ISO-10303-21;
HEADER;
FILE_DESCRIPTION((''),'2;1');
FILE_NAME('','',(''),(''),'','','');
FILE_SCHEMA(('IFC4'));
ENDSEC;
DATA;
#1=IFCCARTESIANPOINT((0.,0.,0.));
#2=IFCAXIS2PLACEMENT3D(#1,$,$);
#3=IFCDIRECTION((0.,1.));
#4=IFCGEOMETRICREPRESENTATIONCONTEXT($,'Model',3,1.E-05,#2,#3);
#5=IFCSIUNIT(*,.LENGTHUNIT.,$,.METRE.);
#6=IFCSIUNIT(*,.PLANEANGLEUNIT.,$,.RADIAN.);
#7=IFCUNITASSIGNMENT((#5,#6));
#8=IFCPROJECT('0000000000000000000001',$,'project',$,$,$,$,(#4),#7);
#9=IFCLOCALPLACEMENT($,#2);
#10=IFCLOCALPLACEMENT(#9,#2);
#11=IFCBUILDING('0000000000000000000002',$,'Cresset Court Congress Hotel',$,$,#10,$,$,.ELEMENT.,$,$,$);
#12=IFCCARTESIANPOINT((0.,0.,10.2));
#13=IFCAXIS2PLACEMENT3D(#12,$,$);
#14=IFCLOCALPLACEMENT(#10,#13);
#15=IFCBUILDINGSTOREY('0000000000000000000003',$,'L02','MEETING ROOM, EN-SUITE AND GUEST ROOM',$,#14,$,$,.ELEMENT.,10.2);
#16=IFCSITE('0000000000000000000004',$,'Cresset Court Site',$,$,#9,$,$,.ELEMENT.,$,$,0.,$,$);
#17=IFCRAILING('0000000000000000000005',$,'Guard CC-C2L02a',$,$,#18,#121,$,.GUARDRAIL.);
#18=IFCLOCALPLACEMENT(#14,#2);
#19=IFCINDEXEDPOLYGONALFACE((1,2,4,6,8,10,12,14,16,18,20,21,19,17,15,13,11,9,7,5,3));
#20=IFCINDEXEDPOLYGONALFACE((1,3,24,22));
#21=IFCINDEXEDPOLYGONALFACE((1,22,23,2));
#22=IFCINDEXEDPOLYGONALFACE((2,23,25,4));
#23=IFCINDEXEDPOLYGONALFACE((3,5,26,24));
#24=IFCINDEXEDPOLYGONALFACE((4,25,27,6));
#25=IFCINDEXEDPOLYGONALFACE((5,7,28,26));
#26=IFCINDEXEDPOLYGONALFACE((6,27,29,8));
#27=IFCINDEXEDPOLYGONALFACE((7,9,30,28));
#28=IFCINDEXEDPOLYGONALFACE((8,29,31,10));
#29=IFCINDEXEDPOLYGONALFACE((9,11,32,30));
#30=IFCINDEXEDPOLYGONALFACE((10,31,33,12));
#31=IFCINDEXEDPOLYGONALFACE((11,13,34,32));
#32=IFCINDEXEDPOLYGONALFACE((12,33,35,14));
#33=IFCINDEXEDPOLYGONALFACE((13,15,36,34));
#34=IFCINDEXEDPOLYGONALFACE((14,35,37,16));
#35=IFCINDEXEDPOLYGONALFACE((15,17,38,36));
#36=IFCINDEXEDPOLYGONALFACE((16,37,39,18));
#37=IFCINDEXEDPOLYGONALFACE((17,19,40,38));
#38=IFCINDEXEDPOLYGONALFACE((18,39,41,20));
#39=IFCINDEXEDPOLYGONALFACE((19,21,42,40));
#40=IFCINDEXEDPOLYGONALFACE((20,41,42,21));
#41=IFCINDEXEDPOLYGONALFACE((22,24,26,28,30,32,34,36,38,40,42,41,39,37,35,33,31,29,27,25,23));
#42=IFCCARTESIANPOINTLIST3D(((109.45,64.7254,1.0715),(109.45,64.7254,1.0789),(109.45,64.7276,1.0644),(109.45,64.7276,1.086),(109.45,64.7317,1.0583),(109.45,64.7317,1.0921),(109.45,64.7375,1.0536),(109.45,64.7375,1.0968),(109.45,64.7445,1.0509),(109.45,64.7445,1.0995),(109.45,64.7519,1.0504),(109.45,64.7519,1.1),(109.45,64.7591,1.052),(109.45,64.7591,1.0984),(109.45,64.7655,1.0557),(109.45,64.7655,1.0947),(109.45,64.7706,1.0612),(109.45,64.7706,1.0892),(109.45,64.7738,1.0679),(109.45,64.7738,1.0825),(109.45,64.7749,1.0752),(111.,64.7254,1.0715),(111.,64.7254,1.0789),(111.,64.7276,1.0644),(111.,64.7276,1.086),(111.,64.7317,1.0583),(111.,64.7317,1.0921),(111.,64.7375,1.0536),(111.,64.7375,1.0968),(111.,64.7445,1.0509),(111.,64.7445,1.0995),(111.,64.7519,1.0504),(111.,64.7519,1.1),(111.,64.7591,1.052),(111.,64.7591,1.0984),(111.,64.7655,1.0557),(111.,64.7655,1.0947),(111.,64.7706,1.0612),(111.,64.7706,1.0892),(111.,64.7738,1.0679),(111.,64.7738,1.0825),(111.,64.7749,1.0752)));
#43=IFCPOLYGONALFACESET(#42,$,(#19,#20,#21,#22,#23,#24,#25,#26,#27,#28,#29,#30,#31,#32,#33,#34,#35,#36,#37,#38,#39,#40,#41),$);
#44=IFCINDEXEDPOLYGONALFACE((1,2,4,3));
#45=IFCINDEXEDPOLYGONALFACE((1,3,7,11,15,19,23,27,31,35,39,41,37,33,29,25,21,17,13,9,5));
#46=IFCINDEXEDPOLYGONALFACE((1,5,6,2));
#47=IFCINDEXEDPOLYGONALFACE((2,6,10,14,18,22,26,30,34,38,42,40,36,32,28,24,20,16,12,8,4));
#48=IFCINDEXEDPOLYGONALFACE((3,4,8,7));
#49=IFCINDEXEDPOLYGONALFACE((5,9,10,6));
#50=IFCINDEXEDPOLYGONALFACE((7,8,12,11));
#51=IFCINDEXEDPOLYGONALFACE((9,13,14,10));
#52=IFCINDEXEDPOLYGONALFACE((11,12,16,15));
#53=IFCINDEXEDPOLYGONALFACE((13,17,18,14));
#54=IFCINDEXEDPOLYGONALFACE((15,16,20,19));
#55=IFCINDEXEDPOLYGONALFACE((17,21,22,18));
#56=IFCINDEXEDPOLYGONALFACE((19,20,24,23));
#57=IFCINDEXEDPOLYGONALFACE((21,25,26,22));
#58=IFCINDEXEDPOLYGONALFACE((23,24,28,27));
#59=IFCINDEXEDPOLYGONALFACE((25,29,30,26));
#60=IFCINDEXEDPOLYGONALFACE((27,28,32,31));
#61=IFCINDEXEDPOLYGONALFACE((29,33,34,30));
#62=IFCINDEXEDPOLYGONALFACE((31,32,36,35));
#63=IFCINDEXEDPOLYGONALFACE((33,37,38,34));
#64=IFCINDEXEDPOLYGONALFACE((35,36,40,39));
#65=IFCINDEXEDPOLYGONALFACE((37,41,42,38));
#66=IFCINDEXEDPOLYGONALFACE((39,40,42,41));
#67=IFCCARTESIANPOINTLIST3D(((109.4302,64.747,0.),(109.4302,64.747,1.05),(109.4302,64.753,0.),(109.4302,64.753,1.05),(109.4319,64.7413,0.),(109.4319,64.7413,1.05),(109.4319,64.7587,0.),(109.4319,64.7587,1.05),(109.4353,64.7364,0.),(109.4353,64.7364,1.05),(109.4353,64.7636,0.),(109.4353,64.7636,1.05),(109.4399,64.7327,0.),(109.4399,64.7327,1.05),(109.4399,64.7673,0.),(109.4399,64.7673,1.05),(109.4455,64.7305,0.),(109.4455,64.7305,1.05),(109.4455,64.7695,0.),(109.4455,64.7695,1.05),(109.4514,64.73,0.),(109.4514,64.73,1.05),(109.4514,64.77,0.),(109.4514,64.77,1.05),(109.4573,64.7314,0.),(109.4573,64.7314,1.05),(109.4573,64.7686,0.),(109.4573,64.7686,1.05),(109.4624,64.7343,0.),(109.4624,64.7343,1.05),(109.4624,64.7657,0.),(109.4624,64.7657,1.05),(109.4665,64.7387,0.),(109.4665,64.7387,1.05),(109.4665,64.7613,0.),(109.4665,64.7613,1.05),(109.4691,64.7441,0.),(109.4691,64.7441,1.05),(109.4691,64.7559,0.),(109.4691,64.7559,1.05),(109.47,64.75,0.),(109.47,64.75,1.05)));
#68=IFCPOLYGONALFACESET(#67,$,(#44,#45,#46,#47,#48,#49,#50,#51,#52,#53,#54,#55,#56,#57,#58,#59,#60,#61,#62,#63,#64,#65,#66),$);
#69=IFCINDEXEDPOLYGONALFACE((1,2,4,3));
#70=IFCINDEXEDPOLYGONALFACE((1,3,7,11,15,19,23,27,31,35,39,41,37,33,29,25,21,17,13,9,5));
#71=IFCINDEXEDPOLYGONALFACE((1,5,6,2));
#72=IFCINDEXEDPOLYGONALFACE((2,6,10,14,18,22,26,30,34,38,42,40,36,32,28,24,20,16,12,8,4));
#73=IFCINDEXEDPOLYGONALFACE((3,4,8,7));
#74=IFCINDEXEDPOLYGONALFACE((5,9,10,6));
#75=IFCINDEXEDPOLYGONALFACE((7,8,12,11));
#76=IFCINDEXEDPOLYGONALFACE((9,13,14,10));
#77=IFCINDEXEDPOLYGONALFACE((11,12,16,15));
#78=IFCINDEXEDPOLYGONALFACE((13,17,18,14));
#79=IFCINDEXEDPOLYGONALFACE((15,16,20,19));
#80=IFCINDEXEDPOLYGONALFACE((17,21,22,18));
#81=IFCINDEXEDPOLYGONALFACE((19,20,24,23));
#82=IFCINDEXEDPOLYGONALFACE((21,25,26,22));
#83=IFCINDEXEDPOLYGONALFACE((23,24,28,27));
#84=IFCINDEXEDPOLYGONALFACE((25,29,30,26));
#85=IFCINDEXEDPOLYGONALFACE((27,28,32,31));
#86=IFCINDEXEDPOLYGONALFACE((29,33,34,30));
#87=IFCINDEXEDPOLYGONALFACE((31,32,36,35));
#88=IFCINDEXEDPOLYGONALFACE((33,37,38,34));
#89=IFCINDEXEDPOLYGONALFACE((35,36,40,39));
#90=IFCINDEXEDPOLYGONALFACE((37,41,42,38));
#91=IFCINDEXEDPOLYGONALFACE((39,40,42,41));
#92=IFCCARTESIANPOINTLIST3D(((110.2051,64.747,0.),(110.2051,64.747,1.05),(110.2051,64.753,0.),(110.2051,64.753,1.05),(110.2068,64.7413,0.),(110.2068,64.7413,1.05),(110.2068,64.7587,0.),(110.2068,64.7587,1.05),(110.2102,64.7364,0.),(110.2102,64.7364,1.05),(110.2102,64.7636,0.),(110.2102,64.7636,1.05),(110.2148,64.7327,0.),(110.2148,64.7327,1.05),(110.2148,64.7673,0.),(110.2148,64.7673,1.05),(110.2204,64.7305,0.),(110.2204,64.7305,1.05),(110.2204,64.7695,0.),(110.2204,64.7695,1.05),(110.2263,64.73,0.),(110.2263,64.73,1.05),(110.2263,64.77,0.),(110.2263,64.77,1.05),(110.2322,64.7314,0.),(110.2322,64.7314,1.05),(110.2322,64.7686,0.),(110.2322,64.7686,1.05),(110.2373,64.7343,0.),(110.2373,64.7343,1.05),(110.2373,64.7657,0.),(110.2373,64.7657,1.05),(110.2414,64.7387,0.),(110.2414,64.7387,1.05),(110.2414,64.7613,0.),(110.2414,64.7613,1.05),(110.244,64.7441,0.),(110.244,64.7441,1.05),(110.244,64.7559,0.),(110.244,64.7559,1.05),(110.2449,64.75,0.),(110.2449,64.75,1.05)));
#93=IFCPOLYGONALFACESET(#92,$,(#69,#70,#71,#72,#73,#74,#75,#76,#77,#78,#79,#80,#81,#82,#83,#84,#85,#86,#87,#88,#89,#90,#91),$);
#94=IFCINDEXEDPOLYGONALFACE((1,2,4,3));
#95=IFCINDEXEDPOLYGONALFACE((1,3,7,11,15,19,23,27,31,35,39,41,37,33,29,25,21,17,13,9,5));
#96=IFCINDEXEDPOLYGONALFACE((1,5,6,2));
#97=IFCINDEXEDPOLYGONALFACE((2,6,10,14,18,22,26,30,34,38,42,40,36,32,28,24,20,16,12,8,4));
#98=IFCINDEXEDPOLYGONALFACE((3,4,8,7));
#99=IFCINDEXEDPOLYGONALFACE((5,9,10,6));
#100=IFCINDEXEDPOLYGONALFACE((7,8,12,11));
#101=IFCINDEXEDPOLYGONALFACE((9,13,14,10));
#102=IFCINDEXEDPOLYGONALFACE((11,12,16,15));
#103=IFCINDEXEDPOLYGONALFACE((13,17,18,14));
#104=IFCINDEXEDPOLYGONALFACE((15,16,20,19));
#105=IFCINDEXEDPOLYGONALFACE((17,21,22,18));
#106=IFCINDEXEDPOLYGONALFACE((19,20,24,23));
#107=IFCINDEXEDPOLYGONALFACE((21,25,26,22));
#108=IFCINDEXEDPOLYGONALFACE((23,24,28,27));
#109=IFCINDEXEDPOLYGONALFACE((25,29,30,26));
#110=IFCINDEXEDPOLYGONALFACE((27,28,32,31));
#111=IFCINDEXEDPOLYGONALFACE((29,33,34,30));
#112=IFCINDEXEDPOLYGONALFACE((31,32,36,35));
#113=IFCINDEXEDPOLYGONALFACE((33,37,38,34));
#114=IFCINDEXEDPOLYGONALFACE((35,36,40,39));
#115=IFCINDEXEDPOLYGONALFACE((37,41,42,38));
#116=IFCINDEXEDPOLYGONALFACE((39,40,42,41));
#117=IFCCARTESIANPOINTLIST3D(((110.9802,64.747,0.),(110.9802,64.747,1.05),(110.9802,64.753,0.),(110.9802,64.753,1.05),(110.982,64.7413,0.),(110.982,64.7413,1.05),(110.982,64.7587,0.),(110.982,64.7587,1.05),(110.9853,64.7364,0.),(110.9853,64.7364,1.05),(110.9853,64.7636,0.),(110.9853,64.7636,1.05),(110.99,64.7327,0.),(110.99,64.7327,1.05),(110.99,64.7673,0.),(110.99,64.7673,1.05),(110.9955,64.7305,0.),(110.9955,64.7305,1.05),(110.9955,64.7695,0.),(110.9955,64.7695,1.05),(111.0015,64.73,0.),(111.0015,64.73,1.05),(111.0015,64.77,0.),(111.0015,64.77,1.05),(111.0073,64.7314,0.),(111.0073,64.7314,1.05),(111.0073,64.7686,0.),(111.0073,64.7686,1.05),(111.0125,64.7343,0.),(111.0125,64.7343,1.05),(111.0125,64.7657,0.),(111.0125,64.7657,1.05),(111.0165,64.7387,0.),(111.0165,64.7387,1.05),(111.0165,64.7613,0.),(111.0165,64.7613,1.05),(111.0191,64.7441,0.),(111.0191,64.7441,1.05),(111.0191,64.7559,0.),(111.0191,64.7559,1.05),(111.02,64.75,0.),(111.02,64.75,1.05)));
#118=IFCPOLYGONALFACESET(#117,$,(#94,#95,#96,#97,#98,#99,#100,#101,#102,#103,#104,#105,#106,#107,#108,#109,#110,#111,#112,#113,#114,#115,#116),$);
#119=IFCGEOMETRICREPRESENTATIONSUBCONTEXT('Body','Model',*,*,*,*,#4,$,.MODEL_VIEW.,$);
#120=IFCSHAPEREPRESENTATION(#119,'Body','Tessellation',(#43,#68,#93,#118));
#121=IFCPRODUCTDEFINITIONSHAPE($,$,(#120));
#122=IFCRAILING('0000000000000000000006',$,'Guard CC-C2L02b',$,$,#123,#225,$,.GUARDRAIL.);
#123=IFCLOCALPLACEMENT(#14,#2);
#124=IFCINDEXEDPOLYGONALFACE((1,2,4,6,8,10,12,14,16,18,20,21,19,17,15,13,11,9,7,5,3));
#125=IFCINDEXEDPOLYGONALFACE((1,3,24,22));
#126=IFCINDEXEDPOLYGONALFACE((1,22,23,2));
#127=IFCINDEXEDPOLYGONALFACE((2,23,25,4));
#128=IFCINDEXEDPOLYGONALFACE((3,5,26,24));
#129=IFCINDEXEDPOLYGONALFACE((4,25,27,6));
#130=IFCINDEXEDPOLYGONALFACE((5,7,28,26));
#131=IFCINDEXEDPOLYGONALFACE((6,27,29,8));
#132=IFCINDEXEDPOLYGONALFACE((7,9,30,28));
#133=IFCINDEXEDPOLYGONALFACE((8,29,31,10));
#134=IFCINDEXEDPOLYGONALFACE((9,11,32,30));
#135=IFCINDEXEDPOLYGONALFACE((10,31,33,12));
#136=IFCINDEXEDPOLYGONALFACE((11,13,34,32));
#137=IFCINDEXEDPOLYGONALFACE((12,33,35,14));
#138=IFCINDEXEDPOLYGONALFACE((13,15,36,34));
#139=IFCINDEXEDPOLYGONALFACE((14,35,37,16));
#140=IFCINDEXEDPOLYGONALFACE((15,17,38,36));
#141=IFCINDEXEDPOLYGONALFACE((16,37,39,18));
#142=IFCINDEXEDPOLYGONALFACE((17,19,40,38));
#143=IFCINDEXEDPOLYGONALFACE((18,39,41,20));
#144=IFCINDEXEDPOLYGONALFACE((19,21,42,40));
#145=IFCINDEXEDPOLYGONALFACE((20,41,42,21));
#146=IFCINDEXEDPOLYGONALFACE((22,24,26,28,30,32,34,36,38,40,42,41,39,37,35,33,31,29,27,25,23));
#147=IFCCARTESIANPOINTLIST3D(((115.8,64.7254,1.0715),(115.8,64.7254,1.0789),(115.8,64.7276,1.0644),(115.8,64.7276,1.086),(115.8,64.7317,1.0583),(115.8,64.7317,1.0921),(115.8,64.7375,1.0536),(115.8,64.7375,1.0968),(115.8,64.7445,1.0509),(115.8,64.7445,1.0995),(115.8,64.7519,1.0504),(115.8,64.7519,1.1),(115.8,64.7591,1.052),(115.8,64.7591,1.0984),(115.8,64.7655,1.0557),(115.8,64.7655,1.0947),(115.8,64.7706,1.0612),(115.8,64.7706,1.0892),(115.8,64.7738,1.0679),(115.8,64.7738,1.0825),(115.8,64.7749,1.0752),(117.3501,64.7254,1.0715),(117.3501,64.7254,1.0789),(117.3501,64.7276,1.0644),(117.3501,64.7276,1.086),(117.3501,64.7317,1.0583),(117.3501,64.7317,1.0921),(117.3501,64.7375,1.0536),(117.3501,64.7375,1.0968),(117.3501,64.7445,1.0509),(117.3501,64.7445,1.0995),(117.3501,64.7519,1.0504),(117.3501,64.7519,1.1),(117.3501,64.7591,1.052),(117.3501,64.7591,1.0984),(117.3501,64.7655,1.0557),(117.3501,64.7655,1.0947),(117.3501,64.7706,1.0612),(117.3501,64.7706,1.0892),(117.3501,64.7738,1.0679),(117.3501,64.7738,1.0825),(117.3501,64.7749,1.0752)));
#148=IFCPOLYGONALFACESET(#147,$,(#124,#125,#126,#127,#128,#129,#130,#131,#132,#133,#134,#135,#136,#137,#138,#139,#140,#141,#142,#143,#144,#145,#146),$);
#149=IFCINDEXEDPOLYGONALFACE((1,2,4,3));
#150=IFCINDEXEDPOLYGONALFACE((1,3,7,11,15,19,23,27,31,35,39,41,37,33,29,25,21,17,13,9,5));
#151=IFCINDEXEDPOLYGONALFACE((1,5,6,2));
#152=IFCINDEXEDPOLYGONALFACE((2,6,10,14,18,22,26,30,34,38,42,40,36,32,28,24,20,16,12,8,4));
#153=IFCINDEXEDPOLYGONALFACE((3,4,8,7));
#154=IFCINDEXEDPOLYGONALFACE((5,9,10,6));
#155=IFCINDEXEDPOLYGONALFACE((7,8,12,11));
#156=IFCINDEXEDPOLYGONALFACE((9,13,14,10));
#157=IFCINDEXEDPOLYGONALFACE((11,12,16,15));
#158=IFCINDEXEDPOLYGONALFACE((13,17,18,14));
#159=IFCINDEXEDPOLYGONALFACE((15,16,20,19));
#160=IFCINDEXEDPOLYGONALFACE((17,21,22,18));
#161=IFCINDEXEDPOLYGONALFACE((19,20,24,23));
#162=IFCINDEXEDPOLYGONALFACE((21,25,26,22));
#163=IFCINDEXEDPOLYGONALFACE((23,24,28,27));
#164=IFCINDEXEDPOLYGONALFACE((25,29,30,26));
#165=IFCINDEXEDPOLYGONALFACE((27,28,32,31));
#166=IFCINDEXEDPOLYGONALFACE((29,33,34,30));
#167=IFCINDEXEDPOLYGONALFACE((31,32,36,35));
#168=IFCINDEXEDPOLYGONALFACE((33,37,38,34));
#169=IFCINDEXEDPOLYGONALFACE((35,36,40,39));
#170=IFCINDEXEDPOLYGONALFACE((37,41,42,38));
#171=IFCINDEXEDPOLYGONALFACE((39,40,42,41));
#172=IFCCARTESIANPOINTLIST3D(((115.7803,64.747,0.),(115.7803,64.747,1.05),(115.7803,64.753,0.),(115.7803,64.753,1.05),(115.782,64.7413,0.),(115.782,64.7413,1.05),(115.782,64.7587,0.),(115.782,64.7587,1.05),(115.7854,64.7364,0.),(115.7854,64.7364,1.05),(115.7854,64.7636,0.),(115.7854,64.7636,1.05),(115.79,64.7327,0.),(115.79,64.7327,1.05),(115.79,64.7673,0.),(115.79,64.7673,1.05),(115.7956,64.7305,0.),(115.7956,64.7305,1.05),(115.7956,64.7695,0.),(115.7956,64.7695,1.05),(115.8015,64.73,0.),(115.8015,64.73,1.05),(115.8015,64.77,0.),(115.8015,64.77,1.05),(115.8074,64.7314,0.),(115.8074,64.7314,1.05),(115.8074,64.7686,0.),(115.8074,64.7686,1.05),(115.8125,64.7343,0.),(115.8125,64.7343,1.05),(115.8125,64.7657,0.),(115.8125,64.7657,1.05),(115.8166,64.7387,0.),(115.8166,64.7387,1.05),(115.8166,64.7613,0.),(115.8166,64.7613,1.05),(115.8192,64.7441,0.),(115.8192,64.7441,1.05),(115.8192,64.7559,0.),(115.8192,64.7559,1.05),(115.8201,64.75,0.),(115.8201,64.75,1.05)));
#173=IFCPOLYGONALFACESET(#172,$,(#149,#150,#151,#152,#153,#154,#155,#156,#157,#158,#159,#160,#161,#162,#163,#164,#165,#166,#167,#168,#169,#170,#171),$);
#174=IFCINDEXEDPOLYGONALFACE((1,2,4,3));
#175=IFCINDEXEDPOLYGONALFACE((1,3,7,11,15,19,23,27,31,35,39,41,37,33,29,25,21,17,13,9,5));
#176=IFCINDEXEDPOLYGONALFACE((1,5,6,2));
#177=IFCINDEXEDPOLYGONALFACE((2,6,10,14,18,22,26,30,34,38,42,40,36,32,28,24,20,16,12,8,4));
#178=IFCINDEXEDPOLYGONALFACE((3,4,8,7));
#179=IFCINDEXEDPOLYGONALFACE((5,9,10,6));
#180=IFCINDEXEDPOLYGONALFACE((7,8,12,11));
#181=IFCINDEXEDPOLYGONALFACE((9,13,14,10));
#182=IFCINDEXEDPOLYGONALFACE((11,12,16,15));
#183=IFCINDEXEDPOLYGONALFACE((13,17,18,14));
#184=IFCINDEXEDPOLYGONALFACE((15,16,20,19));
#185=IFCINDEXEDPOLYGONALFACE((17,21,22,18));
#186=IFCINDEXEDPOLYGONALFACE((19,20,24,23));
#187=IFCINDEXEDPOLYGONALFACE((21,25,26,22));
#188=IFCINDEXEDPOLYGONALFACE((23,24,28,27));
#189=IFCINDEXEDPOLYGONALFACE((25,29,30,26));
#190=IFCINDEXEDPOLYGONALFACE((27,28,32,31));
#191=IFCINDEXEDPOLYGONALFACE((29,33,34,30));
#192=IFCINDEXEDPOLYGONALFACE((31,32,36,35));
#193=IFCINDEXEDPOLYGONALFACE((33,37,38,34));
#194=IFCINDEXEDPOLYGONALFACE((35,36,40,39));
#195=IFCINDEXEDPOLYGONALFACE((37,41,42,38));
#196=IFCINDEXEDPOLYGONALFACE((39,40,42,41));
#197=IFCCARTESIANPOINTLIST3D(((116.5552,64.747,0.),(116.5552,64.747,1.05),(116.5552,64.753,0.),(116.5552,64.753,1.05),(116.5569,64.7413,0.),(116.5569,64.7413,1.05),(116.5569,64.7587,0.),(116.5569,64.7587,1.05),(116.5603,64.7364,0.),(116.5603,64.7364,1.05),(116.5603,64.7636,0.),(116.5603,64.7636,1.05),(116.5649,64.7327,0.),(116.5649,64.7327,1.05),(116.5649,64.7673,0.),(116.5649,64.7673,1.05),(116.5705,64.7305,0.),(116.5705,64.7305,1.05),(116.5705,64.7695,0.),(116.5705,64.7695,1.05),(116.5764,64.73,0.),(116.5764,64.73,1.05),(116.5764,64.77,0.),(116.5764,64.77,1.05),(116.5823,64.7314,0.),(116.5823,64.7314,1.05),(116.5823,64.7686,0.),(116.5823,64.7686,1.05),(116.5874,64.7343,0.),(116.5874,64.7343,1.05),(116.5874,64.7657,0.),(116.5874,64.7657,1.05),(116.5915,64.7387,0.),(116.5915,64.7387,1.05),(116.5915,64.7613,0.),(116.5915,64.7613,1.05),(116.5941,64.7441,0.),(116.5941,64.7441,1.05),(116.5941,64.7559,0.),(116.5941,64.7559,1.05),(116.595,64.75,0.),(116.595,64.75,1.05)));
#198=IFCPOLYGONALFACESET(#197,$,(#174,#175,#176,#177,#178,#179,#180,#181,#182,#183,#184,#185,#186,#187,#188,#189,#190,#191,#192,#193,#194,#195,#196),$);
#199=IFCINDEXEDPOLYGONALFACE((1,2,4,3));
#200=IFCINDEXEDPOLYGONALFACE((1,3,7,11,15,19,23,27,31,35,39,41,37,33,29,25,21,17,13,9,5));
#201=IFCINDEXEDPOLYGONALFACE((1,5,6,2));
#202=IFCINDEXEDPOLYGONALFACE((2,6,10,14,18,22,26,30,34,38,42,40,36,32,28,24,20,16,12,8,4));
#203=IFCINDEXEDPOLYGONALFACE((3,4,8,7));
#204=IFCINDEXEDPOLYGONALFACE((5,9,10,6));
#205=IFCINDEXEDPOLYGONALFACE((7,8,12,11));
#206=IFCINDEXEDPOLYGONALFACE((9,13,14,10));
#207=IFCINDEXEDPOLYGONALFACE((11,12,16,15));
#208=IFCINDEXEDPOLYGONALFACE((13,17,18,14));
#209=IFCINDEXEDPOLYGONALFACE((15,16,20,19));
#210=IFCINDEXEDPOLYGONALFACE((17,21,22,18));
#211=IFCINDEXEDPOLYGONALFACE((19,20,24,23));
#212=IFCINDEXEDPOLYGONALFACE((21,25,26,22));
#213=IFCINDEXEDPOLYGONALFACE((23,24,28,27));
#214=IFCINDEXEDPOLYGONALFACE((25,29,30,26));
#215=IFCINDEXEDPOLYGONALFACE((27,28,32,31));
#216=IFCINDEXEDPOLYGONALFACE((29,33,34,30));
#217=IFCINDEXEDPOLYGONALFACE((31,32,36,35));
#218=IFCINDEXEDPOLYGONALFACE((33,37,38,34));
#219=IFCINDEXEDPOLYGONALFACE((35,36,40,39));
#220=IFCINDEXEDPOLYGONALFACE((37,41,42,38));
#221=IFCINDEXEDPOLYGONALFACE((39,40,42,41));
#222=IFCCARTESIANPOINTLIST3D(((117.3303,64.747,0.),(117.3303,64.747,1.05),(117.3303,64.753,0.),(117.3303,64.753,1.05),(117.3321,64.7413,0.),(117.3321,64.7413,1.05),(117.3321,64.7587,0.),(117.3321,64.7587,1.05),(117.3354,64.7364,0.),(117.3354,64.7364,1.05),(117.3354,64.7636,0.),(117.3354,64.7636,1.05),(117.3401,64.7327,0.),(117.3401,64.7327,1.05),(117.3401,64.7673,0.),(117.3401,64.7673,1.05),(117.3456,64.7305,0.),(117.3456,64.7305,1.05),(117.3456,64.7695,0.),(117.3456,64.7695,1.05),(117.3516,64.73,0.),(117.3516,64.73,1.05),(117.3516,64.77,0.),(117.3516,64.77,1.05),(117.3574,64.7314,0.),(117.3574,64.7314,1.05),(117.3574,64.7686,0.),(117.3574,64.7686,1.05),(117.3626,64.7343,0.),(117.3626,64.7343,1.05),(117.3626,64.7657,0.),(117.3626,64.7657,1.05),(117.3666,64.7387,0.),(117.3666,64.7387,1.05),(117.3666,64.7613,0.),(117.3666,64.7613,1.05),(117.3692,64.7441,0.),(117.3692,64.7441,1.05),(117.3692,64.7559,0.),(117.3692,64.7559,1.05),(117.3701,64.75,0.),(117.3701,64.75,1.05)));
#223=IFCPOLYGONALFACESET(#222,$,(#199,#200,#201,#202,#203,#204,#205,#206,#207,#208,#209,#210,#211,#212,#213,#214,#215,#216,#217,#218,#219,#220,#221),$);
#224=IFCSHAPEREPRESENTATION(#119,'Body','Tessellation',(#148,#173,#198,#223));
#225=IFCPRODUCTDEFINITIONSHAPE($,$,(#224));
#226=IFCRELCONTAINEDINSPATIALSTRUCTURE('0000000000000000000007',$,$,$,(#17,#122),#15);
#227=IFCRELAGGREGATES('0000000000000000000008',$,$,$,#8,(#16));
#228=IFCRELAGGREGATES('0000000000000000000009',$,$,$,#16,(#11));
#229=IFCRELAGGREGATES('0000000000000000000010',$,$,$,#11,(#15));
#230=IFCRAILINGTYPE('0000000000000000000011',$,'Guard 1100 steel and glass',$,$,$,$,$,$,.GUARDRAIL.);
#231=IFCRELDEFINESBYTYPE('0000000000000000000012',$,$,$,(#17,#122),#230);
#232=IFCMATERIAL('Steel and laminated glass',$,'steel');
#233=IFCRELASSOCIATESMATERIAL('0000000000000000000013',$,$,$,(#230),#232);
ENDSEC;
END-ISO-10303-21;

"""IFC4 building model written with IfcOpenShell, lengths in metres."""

from ifc_helpers import new_model, si_unit, direction, frame, origin, origin_2d, place, context, subcontext, project, spatial, circle, extrude, material, type_object, element, save


model = new_model("IFC4")

# Units and contexts
model_context = context("Model", 3, precision=1e-05, world=origin(), true_north=direction((0.0, 1.0)))
body_context = subcontext(model_context, "Body", "Model", "MODEL_VIEW")
ifc_project = project(units=[si_unit("LENGTHUNIT", "METRE"), si_unit("PLANEANGLEUNIT", "RADIAN")], contexts=[model_context])

# Site, building, storey
site_placement = place(None, origin())
site = spatial("IfcSite", under=ifc_project, at=site_placement, Name="Cresset Court Site", CompositionType="ELEMENT", RefElevation=0.0)
building_placement = place(site_placement, origin())
building = spatial("IfcBuilding", under=site, at=building_placement, Name="Cresset Court Congress Hotel", CompositionType="ELEMENT")
storey_placement = place(building_placement, frame((0.0, 0.0, 10.2)))
storey = spatial("IfcBuildingStorey", under=building, at=storey_placement, Name="L02", Description="MEETING ROOM, EN-SUITE AND GUEST ROOM", CompositionType="ELEMENT", Elevation=10.2)

# Railings
ifc_material_1 = material(Name="Steel and laminated glass", Category="steel")
railing_type = type_object("IfcRailingType", Name="Guard 1100 steel and glass", PredefinedType="GUARDRAIL", material=ifc_material_1)
for number, where, name in (
    (1, (109.45, 64.75, 0.0), "Guard CC-C2L02a"),
    (2, (115.8, 64.75, 0.0), "Guard CC-C2L02b"),
):
    element("IfcRailing", number, at=place(storey_placement, frame(where)), inside=storey, type_object=railing_type, Name=name, PredefinedType="GUARDRAIL", context=body_context, shape_type="SweptSolid", body=[
        extrude(circle(Radius=0.0249, at=origin_2d()), frame((0.0, 0.0, 1.0752), z_axis=(1.0, 0.0, 0.0), x_axis=(0.0, 1.0, 0.0)), (0.0, 0.0, 1.0), 1.55),
        extrude(circle(Radius=0.02, at=origin_2d()), origin(), (0.0, 0.0, 1.0), 1.05),
        extrude(circle(Radius=0.02, at=origin_2d()), frame((0.7749, 0.0, 0.0)), (0.0, 0.0, 1.0), 1.05),
        extrude(circle(Radius=0.02, at=origin_2d()), frame((1.55, 0.0, 0.0)), (0.0, 0.0, 1.0), 1.05),
    ])

save(model, "model.ifc")
